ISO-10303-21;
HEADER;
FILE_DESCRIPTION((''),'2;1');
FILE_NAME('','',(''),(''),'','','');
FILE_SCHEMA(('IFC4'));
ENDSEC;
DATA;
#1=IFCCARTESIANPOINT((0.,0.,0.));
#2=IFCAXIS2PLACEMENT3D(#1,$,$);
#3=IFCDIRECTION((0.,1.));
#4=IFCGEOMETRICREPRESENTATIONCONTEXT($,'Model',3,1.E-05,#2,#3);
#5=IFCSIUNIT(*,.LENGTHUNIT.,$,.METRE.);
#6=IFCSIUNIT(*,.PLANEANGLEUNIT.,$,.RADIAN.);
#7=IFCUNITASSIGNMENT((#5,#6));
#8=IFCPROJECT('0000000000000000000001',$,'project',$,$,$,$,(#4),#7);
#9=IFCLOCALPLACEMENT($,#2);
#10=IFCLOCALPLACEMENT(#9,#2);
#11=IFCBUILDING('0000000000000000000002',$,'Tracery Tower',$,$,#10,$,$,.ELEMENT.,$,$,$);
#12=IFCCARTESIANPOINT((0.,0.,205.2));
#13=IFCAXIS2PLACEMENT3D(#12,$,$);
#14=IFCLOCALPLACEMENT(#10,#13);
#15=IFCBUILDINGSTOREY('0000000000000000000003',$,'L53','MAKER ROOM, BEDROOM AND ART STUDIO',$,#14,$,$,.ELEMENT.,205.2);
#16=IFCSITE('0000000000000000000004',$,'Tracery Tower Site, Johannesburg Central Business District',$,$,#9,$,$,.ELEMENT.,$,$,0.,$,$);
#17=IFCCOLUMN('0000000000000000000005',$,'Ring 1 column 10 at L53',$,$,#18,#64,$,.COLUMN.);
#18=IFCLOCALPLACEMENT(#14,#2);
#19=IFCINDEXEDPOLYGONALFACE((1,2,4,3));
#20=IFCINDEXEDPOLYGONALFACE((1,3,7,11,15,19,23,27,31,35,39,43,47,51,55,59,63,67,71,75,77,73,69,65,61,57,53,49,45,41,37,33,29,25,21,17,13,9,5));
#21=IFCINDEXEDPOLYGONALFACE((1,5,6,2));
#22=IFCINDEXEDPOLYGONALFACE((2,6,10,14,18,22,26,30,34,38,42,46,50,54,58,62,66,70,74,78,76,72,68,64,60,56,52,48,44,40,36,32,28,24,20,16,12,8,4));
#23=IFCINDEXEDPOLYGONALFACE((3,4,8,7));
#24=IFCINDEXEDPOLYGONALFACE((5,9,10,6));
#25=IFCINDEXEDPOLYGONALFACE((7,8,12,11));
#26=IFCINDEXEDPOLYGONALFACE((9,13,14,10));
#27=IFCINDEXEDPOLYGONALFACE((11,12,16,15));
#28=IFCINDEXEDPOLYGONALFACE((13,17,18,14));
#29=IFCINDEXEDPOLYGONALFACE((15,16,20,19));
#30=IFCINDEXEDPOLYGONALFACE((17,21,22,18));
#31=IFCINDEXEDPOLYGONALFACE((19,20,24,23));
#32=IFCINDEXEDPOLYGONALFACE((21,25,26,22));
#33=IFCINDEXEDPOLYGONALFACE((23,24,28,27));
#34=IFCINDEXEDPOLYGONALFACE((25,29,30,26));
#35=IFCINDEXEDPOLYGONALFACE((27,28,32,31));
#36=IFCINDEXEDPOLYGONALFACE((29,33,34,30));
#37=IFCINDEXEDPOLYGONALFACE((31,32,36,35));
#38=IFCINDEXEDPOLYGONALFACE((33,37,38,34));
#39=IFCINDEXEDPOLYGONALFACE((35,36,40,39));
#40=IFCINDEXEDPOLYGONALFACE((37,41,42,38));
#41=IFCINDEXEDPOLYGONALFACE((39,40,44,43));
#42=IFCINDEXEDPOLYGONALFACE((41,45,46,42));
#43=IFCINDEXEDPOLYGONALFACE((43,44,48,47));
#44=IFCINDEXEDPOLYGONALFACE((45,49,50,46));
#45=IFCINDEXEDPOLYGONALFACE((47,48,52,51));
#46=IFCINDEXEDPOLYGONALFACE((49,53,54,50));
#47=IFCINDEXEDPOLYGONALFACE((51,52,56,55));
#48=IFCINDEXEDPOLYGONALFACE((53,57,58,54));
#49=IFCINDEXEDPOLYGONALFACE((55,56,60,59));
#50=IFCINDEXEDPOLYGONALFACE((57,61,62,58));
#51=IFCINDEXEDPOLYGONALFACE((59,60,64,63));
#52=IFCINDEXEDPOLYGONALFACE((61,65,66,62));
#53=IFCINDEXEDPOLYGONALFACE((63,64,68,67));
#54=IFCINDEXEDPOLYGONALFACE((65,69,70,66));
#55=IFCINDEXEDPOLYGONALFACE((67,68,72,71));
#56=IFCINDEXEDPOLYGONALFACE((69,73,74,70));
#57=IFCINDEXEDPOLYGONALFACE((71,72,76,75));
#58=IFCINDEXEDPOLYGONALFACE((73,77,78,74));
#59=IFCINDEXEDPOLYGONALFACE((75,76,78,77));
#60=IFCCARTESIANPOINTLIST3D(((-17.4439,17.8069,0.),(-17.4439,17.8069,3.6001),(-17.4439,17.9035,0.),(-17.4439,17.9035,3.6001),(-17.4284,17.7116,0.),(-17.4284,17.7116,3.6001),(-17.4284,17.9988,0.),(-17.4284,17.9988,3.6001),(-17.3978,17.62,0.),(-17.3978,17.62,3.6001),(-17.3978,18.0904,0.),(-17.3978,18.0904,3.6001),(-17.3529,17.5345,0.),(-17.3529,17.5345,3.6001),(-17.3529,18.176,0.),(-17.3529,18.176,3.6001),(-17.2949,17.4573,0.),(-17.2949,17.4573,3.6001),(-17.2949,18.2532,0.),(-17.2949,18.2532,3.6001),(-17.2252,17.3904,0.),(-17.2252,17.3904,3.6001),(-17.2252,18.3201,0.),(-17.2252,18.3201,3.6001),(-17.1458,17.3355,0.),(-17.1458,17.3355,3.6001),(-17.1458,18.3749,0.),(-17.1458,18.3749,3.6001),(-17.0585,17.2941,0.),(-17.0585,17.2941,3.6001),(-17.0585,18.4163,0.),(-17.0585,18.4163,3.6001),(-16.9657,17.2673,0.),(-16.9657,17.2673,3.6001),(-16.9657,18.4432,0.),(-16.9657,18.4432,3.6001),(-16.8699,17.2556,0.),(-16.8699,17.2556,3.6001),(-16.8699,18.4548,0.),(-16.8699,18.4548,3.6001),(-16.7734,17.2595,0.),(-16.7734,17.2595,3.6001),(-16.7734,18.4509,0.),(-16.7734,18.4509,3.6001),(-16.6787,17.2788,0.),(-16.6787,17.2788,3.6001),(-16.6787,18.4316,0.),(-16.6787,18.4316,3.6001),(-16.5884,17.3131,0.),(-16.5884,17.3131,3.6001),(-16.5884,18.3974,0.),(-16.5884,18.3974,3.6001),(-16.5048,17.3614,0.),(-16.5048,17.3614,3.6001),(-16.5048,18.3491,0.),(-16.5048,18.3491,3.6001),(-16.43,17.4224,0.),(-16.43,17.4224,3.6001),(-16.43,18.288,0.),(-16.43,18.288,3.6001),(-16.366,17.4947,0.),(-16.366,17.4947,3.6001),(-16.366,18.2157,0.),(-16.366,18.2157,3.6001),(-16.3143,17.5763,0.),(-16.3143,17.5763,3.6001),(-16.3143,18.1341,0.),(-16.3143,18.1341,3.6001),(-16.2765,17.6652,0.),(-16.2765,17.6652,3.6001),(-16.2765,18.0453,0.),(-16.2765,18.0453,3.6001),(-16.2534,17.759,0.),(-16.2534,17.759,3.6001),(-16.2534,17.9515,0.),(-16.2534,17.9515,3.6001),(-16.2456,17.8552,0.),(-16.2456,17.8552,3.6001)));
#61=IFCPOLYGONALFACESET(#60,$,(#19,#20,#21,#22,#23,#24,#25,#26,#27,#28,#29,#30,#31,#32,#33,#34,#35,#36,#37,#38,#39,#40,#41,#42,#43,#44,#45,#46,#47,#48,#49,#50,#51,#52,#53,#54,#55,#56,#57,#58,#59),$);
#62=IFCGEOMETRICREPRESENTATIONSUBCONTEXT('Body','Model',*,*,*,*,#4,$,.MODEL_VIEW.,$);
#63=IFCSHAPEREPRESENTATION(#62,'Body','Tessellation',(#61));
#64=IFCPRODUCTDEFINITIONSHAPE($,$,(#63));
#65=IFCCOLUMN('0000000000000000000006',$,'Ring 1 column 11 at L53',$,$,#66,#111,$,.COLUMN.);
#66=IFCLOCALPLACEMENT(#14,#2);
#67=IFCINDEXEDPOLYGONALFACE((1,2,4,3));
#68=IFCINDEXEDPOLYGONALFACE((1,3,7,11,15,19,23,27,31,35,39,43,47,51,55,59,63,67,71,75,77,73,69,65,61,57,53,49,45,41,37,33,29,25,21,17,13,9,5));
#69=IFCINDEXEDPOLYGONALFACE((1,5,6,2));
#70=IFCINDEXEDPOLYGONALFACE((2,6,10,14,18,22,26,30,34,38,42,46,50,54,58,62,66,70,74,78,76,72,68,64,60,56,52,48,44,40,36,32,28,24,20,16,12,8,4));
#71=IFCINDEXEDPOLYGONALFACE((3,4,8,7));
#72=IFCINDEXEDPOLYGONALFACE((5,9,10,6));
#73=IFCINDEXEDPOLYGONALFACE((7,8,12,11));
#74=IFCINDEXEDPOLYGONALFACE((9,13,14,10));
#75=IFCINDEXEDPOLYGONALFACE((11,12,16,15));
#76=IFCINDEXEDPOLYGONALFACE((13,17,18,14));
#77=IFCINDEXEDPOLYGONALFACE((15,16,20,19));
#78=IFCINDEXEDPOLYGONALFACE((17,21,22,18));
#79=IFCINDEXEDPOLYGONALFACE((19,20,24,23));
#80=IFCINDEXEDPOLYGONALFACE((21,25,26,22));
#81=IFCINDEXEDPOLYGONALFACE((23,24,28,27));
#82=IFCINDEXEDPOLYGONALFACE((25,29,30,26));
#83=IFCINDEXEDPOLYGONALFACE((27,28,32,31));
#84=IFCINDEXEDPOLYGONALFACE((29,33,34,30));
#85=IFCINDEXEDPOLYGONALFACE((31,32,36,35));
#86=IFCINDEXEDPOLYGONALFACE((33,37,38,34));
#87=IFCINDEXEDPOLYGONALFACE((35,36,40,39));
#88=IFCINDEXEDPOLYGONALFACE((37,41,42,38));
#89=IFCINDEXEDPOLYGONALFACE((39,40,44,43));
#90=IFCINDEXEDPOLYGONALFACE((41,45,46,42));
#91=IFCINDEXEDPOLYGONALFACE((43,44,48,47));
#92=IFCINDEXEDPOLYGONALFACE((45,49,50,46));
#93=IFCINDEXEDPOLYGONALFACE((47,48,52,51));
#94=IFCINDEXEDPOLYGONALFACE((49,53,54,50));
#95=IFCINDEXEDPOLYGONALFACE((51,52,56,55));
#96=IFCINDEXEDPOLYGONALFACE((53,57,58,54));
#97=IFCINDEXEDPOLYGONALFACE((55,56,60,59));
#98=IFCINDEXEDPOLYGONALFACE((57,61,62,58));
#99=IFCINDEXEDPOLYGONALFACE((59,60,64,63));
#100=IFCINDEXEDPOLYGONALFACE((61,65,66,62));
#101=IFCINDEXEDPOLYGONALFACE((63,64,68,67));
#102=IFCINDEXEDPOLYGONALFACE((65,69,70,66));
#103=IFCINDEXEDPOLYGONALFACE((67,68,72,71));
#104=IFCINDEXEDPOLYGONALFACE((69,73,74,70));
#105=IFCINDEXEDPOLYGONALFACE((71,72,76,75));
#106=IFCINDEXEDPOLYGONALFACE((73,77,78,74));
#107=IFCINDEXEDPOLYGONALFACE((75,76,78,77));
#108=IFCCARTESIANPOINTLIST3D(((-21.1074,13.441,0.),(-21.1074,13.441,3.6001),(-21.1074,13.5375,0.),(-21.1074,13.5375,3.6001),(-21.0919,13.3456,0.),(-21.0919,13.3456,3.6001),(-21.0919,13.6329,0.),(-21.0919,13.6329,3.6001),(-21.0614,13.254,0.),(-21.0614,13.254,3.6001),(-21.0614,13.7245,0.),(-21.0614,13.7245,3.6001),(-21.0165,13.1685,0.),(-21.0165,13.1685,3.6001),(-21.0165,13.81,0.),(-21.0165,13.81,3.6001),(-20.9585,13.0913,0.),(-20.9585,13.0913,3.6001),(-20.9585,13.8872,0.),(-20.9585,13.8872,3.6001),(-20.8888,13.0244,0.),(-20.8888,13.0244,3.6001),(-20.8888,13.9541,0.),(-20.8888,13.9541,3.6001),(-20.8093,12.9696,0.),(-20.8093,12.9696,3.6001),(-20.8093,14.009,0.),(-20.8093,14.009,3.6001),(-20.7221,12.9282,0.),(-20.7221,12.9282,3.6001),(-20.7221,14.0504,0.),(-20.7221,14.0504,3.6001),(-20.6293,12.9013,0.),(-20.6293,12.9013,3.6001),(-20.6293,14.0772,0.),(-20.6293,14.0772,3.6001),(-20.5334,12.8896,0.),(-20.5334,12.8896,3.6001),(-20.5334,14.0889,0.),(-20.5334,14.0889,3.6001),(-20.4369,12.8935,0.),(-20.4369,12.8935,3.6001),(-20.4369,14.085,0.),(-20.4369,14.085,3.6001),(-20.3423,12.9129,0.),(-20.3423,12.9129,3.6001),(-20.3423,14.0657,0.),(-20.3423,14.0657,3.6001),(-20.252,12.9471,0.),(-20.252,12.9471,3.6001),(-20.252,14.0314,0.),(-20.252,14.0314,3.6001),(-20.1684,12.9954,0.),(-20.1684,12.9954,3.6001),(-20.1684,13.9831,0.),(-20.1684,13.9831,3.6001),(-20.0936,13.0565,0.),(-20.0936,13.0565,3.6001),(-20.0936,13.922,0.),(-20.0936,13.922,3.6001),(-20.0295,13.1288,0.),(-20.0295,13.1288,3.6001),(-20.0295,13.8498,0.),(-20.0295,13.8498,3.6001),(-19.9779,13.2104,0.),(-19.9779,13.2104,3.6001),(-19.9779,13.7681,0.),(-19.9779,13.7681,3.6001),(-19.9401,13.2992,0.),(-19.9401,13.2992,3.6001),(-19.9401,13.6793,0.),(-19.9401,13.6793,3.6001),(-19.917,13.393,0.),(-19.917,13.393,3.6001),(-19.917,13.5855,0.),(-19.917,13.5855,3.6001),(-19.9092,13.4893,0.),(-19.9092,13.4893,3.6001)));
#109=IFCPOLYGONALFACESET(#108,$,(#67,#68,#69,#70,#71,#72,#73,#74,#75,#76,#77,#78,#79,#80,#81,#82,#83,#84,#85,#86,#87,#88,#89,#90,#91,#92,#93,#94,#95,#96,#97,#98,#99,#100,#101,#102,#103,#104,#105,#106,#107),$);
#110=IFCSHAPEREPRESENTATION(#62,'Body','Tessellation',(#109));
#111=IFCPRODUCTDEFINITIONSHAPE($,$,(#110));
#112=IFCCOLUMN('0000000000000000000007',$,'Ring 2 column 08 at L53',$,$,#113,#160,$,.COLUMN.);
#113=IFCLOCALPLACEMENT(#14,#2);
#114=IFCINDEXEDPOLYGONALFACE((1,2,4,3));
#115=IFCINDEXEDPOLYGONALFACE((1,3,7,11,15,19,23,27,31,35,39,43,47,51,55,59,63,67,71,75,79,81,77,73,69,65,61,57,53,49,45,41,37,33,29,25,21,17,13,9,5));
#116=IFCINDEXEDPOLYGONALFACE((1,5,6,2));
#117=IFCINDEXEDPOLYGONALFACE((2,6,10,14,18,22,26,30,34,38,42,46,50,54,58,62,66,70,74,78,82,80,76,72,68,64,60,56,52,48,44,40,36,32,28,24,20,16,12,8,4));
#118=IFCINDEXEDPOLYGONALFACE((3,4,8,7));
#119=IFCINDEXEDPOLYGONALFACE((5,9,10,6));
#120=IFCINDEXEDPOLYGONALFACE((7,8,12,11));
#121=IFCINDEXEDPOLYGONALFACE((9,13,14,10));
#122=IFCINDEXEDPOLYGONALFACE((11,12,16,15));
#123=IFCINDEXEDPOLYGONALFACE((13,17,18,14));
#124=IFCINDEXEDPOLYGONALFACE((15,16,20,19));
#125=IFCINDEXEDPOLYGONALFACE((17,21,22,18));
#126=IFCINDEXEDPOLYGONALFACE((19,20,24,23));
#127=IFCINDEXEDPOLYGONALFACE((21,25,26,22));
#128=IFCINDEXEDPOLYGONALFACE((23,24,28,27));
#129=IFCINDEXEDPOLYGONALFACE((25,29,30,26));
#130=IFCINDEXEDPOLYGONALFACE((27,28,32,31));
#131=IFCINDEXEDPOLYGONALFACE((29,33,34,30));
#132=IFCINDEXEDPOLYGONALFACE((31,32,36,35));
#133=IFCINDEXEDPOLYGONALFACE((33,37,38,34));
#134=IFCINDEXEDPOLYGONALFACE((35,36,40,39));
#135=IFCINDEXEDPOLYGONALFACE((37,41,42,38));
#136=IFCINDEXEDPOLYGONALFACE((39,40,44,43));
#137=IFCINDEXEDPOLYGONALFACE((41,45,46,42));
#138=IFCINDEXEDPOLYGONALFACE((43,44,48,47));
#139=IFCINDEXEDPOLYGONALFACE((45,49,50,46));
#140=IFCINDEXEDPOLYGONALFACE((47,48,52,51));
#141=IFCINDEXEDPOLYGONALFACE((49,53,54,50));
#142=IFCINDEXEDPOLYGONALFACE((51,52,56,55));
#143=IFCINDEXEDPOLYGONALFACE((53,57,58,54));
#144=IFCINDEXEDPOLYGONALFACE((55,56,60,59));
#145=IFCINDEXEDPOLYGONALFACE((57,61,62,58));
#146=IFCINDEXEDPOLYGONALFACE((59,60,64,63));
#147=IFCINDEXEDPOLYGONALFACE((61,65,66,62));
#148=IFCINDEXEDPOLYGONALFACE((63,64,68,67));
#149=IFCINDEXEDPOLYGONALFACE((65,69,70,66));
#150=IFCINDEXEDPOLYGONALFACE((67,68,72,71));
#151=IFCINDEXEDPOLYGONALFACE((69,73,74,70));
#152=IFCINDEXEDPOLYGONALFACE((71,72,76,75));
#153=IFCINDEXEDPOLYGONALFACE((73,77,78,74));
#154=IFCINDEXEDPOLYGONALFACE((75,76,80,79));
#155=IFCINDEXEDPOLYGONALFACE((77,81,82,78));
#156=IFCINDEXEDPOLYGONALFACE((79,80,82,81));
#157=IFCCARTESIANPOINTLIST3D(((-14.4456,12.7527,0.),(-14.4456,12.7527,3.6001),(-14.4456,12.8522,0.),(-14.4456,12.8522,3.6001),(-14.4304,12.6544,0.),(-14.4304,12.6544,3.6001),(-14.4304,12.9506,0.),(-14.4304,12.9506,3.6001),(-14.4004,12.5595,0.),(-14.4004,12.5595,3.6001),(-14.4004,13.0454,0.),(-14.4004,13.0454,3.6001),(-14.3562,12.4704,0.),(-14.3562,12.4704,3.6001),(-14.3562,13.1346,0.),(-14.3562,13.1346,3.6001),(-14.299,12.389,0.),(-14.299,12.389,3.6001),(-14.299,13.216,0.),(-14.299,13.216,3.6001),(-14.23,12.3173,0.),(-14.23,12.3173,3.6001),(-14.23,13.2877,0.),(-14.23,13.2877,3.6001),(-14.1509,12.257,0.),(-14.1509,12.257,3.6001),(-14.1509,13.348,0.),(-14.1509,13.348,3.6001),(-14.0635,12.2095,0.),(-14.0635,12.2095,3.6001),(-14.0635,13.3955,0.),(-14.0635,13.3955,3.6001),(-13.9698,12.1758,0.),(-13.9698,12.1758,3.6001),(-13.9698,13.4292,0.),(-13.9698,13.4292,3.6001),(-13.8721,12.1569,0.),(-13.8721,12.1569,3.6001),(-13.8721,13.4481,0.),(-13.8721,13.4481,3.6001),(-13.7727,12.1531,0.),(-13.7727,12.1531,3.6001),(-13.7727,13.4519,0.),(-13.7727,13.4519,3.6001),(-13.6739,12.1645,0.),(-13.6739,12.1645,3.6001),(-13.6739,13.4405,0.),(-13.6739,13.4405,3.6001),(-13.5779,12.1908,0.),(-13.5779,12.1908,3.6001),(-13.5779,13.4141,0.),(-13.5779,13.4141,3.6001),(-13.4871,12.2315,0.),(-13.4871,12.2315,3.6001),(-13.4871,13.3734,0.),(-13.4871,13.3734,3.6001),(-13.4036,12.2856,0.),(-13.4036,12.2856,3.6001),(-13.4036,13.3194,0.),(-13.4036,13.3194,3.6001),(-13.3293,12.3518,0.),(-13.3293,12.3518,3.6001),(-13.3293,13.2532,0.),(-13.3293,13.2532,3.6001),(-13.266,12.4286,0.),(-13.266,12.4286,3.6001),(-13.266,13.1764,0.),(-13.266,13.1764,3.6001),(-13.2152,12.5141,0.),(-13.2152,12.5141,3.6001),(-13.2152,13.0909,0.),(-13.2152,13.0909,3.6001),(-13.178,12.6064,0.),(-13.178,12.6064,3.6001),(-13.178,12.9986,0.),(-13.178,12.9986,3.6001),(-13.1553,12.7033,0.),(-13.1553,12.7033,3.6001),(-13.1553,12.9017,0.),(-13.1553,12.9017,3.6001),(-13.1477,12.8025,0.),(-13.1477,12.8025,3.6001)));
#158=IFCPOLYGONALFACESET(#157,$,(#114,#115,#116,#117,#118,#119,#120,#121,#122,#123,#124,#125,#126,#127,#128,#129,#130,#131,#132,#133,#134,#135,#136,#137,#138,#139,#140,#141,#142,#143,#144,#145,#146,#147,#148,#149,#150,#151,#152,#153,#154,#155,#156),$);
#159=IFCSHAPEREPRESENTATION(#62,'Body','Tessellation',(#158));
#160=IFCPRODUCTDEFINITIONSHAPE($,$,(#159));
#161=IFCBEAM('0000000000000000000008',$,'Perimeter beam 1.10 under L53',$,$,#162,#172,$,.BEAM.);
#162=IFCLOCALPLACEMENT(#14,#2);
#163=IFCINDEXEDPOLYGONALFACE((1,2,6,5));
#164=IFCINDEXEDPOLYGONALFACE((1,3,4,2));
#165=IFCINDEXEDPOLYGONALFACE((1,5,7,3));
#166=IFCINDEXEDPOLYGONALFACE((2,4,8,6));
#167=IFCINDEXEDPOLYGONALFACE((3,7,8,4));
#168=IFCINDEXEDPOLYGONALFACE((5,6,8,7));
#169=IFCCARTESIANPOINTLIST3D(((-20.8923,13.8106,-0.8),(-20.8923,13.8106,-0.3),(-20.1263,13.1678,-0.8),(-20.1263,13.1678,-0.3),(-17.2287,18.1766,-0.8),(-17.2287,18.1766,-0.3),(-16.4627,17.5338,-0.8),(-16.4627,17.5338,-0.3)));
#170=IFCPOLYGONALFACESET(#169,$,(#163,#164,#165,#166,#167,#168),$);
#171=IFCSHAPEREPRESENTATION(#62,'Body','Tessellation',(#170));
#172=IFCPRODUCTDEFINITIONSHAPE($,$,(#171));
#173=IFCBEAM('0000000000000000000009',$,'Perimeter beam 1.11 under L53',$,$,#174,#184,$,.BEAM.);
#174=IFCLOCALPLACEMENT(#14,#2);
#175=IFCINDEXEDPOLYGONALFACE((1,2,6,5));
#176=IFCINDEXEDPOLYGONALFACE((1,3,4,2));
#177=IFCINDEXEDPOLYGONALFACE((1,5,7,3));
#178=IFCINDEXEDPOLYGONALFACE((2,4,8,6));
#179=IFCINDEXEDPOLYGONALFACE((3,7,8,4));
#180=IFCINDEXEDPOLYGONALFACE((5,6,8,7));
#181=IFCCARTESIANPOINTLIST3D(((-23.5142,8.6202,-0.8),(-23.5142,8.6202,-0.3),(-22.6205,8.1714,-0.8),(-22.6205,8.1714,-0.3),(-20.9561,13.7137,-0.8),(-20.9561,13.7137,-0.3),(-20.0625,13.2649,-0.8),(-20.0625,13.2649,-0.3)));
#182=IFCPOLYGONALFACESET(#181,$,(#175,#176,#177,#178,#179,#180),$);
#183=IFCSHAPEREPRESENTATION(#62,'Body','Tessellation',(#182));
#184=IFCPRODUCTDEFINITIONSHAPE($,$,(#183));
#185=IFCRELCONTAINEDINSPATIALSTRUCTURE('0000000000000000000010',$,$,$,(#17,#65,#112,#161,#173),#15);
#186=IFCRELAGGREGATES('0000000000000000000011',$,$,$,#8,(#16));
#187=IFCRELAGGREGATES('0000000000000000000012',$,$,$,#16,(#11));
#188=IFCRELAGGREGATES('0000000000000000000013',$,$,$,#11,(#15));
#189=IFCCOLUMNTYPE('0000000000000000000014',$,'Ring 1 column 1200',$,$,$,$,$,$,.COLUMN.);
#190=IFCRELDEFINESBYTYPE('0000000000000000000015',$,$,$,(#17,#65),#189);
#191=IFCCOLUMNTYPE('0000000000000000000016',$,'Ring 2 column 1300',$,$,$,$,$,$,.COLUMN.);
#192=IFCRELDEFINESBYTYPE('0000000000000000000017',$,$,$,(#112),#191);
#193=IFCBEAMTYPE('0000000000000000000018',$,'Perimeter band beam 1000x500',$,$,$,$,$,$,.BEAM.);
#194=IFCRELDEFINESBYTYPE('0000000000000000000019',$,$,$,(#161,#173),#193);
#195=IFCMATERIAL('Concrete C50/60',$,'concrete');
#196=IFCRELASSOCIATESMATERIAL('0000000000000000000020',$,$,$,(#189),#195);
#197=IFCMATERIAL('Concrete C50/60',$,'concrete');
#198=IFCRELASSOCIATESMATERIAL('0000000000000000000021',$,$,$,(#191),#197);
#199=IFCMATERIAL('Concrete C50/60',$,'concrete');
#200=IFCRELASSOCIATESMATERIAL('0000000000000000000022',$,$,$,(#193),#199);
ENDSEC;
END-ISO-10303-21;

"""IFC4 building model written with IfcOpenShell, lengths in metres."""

from ifc_helpers import new_model, si_unit, direction, frame, origin, origin_2d, place, context, subcontext, project, spatial, rectangle, circle, extrude, material, material_profile, profile_set, type_object, element, save


model = new_model("IFC4")

# Units and contexts
model_context = context("Model", 3, precision=1e-05, world=origin(), true_north=direction((0.0, 1.0)))
body_context = subcontext(model_context, "Body", "Model", "MODEL_VIEW")
ifc_project = project(units=[si_unit("LENGTHUNIT", "METRE"), si_unit("PLANEANGLEUNIT", "RADIAN")], contexts=[model_context])

# Site, building, storey
site_placement = place(None, origin())
site = spatial("IfcSite", under=ifc_project, at=site_placement, Name="Tracery Tower Site, Johannesburg Central Business District", CompositionType="ELEMENT", RefElevation=0.0)
building_placement = place(site_placement, origin())
building = spatial("IfcBuilding", under=site, at=building_placement, Name="Tracery Tower", CompositionType="ELEMENT")
storey_placement = place(building_placement, frame((0.0, 0.0, 205.2)))
storey = spatial("IfcBuildingStorey", under=building, at=storey_placement, Name="L53", Description="MAKER ROOM, BEDROOM AND ART STUDIO", CompositionType="ELEMENT", Elevation=205.2)

# Columns
ifc_material_1 = material(Name="Concrete C50/60", Category="concrete")
ifc_material_profile_1 = material_profile(ifc_material_1, circle(Radius=0.6001, at=origin_2d()), Name="RC D1200")
ifc_profile_set_1 = profile_set([ifc_material_profile_1], Name="Concrete C50/60")
column_type_1 = type_object("IfcColumnType", Name="Ring 1 column 1200", PredefinedType="COLUMN", material=ifc_profile_set_1)
for number, where, z_axis, x_axis, name in (
    (1, (-16.8457, 17.8552, 0.0), (0.0, 0.0, 1.0), (1.0, 0.0, 0.0), "Ring 1 column 10 at L53"),
    (2, (-20.5093, 13.4893, 0.0), (0.0, 0.0, 1.0), (1.0, 0.0, 0.0), "Ring 1 column 11 at L53"),
):
    element("IfcColumn", number, at=place(storey_placement, frame(where, z_axis=z_axis, x_axis=x_axis)), inside=storey, type_object=column_type_1, Name=name, PredefinedType="COLUMN", context=body_context, shape_type="SweptSolid", body=[
        extrude(circle(Radius=0.6001, at=origin_2d()), origin(), (0.0, 0.0, 1.0), 3.6001),
    ])
ifc_material_2 = material(Name="Concrete C50/60", Category="concrete")
ifc_material_profile_2 = material_profile(ifc_material_2, circle(Radius=0.6499, at=origin_2d()), Name="RC D1300")
ifc_profile_set_2 = profile_set([ifc_material_profile_2], Name="Concrete C50/60")
column_type_2 = type_object("IfcColumnType", Name="Ring 2 column 1300", PredefinedType="COLUMN", material=ifc_profile_set_2)
column_placement = place(storey_placement, frame((-13.7976, 12.8025, 0.0), z_axis=(0.0, 0.0, 1.0), x_axis=(1.0, 0.0, 0.0)))
element("IfcColumn", 3, at=column_placement, inside=storey, type_object=column_type_2, Name="Ring 2 column 08 at L53", PredefinedType="COLUMN", context=body_context, shape_type="SweptSolid", body=[
    extrude(circle(Radius=0.6499, at=origin_2d()), origin(), (0.0, 0.0, 1.0), 3.6001),
])

# Beams
ifc_material_3 = material(Name="Concrete C50/60", Category="concrete")
ifc_material_profile_3 = material_profile(ifc_material_3, rectangle(XDim=1.0, YDim=0.5, at=origin_2d()), Name="RC 1000x500")
ifc_profile_set_3 = profile_set([ifc_material_profile_3], Name="Concrete C50/60")
beam_type = type_object("IfcBeamType", Name="Perimeter band beam 1000x500", PredefinedType="BEAM", material=ifc_profile_set_3)
beam_1_placement = place(storey_placement, frame((-16.8457, 17.8552, -0.55), z_axis=(-0.642797, -0.766036, 0.0), x_axis=(0.766036, -0.642797, 0.0)))
element("IfcBeam", 4, at=beam_1_placement, inside=storey, type_object=beam_type, Name="Perimeter beam 1.10 under L53", PredefinedType="BEAM", context=body_context, shape_type="SweptSolid", body=[
    extrude(rectangle(XDim=1.0, YDim=0.5, at=origin_2d()), origin(), (0.0, 0.0, 1.0), 5.6995),
])
beam_2_placement = place(storey_placement, frame((-20.5093, 13.4893, -0.55), z_axis=(-0.448806, -0.893629, 0.0), x_axis=(0.893629, -0.448806, 0.0)))
element("IfcBeam", 5, at=beam_2_placement, inside=storey, type_object=beam_type, Name="Perimeter beam 1.11 under L53", PredefinedType="BEAM", context=body_context, shape_type="SweptSolid", body=[
    extrude(rectangle(XDim=1.0, YDim=0.5, at=origin_2d()), origin(), (0.0, 0.0, 1.0), 5.6997),
])

save(model, "model.ifc")
